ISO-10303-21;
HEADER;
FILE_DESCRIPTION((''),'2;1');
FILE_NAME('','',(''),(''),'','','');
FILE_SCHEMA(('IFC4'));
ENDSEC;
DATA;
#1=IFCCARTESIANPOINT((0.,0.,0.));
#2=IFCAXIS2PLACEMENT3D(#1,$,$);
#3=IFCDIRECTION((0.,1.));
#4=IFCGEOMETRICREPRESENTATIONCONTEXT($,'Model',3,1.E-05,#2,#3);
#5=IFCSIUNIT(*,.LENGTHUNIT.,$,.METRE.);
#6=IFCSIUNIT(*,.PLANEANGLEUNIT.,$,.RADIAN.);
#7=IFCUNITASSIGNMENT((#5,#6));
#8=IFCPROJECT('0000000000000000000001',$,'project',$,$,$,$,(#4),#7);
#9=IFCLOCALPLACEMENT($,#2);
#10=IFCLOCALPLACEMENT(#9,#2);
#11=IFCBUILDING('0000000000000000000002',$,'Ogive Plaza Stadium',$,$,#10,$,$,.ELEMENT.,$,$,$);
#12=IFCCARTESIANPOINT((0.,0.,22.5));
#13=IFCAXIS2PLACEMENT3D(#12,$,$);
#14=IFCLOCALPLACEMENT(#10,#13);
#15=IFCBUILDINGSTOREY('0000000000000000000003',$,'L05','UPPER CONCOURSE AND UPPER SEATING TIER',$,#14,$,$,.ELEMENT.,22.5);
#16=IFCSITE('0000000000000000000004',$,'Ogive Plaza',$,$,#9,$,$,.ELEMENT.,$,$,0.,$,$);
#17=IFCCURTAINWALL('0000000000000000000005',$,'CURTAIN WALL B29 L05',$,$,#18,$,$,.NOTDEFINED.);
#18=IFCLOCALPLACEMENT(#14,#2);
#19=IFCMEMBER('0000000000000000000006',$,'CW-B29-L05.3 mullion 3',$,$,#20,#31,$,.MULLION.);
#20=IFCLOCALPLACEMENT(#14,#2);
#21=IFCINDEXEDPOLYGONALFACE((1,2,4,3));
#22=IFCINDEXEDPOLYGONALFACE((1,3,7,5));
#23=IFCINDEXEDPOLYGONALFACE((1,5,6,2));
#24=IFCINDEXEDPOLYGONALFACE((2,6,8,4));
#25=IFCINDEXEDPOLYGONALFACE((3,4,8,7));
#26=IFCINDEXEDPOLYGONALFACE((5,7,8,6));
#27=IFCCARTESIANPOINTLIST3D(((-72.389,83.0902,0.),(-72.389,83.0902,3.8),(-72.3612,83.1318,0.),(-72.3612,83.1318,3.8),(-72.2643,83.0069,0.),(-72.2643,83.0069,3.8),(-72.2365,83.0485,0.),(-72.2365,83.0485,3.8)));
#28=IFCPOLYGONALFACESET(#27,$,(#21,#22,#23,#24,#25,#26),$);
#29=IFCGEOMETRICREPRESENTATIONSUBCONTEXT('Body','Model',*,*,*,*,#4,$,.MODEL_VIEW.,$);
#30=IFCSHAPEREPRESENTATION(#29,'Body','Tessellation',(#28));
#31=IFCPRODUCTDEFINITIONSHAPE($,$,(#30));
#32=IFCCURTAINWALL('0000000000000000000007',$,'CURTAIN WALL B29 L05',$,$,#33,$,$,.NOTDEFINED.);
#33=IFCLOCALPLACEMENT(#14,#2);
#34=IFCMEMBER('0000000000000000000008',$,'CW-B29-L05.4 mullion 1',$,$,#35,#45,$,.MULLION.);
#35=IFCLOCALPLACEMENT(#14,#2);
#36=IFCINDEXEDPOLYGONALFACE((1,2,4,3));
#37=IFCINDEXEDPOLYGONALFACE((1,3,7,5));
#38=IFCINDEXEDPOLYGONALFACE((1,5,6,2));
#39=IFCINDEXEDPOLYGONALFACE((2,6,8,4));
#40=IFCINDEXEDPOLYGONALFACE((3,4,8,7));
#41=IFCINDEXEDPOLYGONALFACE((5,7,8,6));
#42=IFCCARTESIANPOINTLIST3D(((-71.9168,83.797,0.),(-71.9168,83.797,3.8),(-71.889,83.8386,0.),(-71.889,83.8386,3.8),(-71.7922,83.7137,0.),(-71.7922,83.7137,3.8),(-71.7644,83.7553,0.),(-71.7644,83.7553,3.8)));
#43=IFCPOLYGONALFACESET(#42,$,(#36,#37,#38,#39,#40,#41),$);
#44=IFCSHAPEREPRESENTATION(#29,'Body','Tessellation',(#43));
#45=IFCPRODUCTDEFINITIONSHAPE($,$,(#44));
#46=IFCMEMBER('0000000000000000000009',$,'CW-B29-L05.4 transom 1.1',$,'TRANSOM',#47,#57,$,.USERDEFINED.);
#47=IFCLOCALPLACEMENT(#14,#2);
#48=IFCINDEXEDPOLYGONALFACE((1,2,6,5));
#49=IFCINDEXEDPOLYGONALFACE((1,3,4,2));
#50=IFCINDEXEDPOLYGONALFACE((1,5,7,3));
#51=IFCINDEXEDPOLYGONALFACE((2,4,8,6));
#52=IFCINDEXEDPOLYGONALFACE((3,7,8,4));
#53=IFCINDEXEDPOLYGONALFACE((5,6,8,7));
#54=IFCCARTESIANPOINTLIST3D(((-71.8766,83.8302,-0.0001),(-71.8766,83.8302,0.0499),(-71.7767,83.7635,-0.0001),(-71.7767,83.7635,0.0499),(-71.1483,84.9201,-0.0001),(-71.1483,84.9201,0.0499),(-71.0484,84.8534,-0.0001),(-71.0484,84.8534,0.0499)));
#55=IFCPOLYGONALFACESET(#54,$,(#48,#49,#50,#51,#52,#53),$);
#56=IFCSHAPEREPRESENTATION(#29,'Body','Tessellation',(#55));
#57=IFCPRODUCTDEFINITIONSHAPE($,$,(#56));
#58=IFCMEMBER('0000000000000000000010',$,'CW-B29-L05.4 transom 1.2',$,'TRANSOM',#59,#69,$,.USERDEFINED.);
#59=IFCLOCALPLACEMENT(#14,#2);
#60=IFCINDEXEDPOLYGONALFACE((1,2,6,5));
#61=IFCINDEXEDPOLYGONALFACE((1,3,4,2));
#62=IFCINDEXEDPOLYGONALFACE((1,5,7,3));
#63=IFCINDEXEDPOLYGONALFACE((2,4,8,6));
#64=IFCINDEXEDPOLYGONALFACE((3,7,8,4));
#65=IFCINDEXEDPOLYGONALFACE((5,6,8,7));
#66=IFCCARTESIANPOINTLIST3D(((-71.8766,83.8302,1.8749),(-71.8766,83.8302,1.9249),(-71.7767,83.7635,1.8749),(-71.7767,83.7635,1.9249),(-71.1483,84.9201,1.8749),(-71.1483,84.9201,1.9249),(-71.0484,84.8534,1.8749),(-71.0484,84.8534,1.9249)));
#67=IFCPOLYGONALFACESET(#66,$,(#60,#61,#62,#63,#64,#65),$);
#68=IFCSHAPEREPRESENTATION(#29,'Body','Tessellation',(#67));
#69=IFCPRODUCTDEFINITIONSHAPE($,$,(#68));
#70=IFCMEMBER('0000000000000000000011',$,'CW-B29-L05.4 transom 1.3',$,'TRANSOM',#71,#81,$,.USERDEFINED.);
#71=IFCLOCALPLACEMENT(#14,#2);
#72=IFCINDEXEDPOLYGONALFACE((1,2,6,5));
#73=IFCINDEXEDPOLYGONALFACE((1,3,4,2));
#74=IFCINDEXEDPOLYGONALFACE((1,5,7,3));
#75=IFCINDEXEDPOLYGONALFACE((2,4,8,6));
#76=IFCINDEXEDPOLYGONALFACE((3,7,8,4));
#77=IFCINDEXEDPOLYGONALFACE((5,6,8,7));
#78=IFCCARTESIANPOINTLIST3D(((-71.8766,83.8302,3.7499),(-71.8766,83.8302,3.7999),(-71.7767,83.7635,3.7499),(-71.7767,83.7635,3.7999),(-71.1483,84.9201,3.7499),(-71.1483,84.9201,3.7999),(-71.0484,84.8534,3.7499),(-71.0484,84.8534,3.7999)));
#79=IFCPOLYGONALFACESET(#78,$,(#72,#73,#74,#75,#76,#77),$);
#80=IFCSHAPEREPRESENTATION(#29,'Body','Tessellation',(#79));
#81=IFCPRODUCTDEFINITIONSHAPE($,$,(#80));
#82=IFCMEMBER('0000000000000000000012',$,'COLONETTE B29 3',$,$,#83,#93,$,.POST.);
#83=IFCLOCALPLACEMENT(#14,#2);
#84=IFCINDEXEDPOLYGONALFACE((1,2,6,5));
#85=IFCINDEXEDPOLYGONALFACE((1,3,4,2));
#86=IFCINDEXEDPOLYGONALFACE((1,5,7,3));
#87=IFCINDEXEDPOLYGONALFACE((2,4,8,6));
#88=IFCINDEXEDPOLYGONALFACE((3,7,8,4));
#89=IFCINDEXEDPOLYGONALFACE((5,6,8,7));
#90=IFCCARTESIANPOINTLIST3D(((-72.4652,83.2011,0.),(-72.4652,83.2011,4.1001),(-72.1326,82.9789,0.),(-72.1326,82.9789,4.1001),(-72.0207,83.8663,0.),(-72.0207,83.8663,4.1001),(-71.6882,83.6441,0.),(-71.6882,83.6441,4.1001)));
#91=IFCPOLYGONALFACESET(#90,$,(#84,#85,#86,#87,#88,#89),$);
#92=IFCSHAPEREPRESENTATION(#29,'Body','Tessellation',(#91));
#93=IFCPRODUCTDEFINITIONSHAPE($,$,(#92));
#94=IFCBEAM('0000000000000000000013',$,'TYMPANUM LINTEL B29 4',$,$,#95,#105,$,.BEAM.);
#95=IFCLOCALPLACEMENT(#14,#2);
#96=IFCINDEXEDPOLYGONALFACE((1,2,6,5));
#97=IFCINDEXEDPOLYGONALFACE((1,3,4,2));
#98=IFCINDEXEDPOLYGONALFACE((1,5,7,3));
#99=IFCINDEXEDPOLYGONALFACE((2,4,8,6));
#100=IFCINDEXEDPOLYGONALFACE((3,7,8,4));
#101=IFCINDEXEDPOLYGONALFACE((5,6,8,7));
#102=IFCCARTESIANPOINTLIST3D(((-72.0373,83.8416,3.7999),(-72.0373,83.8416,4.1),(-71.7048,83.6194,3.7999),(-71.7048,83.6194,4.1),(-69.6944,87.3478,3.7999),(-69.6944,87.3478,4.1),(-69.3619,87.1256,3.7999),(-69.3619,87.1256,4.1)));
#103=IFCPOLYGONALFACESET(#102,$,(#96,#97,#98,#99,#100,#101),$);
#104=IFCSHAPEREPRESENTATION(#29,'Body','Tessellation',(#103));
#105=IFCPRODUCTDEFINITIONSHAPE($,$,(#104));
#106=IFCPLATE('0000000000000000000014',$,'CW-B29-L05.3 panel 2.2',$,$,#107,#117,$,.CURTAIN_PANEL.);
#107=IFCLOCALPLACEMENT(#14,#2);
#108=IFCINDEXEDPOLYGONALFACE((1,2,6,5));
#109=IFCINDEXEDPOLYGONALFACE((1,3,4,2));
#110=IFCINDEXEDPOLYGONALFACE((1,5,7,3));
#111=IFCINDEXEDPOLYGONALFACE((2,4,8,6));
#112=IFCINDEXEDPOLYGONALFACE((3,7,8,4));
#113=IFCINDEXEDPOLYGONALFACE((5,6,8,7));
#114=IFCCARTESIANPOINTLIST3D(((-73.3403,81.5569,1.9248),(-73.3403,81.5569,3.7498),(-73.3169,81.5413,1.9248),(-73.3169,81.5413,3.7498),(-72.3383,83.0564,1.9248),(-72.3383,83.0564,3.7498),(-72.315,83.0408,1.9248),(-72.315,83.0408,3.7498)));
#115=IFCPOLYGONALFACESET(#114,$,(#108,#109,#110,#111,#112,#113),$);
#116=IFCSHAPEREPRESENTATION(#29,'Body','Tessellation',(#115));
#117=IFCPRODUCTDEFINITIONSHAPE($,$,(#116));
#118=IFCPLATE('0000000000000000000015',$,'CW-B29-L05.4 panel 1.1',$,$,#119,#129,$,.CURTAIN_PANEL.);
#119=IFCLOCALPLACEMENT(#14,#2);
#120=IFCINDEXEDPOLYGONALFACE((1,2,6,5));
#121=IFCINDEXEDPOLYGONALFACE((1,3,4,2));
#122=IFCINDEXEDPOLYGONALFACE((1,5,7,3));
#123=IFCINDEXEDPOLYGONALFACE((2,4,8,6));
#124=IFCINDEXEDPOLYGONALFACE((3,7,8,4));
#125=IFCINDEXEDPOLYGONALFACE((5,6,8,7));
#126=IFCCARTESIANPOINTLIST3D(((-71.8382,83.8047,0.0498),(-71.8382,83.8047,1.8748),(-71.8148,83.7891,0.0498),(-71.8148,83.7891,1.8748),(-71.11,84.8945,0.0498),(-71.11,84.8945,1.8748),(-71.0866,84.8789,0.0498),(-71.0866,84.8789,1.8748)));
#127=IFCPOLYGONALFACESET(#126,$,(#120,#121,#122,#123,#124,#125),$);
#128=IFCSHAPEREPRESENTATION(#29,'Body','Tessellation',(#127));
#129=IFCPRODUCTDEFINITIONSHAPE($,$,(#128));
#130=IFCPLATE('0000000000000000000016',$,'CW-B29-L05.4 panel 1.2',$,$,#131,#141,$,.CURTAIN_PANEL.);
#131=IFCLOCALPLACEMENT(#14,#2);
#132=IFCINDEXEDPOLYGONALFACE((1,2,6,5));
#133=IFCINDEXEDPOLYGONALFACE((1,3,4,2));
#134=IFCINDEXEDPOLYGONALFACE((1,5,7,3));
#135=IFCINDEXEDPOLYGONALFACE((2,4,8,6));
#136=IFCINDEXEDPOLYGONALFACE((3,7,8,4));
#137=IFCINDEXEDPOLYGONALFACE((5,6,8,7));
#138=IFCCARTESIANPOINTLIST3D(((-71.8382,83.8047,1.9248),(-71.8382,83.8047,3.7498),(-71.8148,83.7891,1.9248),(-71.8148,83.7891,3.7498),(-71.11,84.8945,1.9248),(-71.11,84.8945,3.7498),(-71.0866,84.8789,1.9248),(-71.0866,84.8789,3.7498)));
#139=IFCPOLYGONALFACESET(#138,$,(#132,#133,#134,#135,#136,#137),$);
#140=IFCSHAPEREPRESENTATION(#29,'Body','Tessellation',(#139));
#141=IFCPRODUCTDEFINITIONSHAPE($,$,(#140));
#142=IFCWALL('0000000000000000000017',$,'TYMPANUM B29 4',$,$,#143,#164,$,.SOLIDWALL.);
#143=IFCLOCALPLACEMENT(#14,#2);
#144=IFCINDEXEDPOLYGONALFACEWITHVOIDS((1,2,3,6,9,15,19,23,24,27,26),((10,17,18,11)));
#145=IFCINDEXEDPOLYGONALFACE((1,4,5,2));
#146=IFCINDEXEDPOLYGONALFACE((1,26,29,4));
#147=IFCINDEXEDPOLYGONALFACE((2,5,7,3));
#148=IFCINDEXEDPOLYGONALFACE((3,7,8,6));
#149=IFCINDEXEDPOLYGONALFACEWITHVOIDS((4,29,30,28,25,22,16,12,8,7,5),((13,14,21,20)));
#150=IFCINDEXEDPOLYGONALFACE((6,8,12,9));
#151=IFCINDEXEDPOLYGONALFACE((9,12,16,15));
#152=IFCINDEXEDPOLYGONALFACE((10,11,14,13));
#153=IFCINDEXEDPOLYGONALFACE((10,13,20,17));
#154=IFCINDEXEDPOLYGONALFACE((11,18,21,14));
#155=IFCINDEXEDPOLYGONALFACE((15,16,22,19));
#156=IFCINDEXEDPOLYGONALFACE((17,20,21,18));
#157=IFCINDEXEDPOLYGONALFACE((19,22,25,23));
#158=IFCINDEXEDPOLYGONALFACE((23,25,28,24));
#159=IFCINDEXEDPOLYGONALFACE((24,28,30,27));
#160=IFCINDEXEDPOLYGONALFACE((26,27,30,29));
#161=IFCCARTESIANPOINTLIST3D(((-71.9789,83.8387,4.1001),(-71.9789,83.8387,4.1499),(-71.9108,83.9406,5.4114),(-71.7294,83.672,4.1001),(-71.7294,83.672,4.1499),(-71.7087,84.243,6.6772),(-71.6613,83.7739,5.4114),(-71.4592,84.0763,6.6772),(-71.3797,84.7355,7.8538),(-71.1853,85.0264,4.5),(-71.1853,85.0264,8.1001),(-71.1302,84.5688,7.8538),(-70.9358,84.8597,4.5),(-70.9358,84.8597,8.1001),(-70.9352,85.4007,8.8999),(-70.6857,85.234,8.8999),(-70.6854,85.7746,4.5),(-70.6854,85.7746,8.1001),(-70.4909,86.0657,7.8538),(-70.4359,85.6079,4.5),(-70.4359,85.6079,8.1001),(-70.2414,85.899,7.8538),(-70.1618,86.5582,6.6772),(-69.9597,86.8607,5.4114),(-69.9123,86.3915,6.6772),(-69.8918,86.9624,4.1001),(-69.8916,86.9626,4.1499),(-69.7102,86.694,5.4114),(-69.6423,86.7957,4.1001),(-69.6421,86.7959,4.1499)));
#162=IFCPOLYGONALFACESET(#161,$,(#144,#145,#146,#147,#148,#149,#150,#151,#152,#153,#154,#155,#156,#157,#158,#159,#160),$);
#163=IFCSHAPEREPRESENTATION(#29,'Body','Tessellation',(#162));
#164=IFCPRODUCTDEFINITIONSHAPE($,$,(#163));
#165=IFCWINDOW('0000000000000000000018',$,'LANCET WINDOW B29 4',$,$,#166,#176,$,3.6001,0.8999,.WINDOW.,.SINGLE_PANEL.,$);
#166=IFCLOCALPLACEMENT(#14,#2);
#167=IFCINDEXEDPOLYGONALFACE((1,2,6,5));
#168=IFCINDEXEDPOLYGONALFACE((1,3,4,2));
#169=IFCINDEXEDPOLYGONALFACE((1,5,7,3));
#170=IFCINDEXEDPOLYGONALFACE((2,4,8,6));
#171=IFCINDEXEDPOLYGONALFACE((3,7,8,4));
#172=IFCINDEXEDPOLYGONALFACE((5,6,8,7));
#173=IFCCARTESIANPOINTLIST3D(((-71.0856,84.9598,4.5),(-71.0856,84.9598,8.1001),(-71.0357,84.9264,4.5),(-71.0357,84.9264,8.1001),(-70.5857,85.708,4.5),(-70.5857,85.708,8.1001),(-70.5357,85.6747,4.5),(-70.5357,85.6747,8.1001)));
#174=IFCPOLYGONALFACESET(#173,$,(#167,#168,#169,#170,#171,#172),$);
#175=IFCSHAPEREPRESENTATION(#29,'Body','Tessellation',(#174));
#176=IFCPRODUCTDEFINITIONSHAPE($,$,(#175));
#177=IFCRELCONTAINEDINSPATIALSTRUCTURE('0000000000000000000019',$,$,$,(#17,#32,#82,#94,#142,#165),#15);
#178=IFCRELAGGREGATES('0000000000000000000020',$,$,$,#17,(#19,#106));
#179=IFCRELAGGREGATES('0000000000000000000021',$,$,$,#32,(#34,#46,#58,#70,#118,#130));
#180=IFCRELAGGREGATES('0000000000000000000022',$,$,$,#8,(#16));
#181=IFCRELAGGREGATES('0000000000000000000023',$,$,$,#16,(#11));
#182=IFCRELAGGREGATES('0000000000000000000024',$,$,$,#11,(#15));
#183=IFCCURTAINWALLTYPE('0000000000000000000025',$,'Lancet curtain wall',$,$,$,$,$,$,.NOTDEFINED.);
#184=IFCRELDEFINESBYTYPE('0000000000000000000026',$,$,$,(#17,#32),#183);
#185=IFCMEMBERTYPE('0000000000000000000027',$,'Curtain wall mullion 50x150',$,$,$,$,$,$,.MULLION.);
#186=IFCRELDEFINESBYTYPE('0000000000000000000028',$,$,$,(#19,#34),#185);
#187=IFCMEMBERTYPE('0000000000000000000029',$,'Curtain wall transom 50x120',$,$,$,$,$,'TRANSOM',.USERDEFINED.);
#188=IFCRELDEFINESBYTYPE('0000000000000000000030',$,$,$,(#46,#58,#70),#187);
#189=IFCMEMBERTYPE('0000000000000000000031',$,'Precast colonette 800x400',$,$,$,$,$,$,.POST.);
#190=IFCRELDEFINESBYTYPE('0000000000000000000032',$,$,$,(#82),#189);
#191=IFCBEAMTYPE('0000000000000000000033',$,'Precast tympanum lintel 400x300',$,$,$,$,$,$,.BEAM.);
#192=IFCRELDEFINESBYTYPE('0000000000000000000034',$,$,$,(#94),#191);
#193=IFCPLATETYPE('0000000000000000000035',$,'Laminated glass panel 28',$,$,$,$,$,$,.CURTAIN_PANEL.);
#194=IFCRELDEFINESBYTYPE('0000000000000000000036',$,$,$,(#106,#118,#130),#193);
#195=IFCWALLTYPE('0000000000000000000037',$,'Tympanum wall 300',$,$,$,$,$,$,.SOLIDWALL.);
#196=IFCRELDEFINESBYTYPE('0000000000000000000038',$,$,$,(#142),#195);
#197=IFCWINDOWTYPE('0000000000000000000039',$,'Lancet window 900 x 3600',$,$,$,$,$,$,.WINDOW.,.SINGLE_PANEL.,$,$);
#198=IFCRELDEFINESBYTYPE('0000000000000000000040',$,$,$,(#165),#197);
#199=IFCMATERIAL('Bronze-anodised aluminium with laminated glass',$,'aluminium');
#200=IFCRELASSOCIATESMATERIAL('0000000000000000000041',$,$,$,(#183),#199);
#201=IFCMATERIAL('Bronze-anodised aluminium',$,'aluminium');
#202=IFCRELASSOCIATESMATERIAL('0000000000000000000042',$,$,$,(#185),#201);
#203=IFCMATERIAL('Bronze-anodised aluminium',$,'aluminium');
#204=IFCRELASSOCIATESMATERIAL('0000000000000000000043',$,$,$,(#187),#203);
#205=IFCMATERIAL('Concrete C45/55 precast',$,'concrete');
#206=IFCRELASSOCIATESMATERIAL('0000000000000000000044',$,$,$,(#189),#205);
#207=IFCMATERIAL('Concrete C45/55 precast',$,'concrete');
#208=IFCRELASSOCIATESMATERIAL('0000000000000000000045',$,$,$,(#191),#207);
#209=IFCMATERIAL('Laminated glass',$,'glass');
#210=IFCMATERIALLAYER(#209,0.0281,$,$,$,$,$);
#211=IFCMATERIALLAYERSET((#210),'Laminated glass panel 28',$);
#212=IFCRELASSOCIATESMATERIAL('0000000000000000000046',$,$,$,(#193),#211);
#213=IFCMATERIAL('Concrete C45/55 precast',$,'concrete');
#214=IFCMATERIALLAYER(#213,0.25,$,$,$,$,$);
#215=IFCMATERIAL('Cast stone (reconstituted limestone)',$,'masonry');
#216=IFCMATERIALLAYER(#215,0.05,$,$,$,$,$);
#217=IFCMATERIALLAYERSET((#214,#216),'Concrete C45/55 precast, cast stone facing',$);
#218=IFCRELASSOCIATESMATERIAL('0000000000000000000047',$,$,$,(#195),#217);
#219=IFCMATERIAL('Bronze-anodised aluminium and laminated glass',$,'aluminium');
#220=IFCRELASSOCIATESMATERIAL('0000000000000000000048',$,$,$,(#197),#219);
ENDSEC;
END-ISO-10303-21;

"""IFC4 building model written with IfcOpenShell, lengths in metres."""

from ifc_helpers import new_model, si_unit, direction, frame, frame_2d, origin, origin_2d, place, context, subcontext, project, spatial, polyline, rectangle, outline, extrude, material, layer, layer_set, material_profile, profile_set, type_object, element, fill, aggregate, save


model = new_model("IFC4")

# Units and contexts
model_context = context("Model", 3, precision=1e-05, world=origin(), true_north=direction((0.0, 1.0)))
body_context = subcontext(model_context, "Body", "Model", "MODEL_VIEW")
ifc_project = project(units=[si_unit("LENGTHUNIT", "METRE"), si_unit("PLANEANGLEUNIT", "RADIAN")], contexts=[model_context])

# Site, building, storey
site_placement = place(None, origin())
site = spatial("IfcSite", under=ifc_project, at=site_placement, Name="Ogive Plaza", CompositionType="ELEMENT", RefElevation=0.0)
building_placement = place(site_placement, origin())
building = spatial("IfcBuilding", under=site, at=building_placement, Name="Ogive Plaza Stadium", CompositionType="ELEMENT")
storey_placement = place(building_placement, frame((0.0, 0.0, 22.5)))
storey = spatial("IfcBuildingStorey", under=building, at=storey_placement, Name="L05", Description="UPPER CONCOURSE AND UPPER SEATING TIER", CompositionType="ELEMENT", Elevation=22.5)

# Curtain wall, member
ifc_material_1 = material(Name="Bronze-anodised aluminium with laminated glass", Category="aluminium")
curtain_wall_type = type_object("IfcCurtainWallType", Name="Lancet curtain wall", PredefinedType="NOTDEFINED", material=ifc_material_1)
curtain_wall_1_placement = place(storey_placement, origin())
curtain_wall_1 = element("IfcCurtainWall", 1, at=curtain_wall_1_placement, inside=storey, type_object=curtain_wall_type, Name="CURTAIN WALL B29 L05", PredefinedType="NOTDEFINED")
ifc_material_2 = material(Name="Bronze-anodised aluminium", Category="aluminium")
ifc_material_profile_1 = material_profile(ifc_material_2, rectangle(XDim=0.1499, YDim=0.05, at=origin_2d()), Name="AL 150x50")
ifc_profile_set_1 = profile_set([ifc_material_profile_1], Name="Bronze-anodised aluminium")
member_type_1 = type_object("IfcMemberType", Name="Curtain wall mullion 50x150", PredefinedType="MULLION", material=ifc_profile_set_1)
member_1_placement = place(storey_placement, frame((-72.3127, 83.0693, 0.0), z_axis=(0.0, 0.0, 1.0), x_axis=(-0.83147, 0.55557, 0.0)))
member_1 = element("IfcMember", 2, at=member_1_placement, type_object=member_type_1, Name="CW-B29-L05.3 mullion 3", PredefinedType="MULLION", context=body_context, shape_type="SweptSolid", body=[
    extrude(rectangle(XDim=0.1499, YDim=0.05, at=origin_2d()), origin(), (0.0, 0.0, 1.0), 3.8),
])

# Curtain wall, members
curtain_wall_2_placement = place(storey_placement, origin())
curtain_wall_2 = element("IfcCurtainWall", 3, at=curtain_wall_2_placement, inside=storey, type_object=curtain_wall_type, Name="CURTAIN WALL B29 L05", PredefinedType="NOTDEFINED")
member_2_placement = place(storey_placement, frame((-71.8406, 83.7761, 0.0), z_axis=(0.0, 0.0, 1.0), x_axis=(-0.83147, 0.55557, 0.0)))
member_2 = element("IfcMember", 4, at=member_2_placement, type_object=member_type_1, Name="CW-B29-L05.4 mullion 1", PredefinedType="MULLION", context=body_context, shape_type="SweptSolid", body=[
    extrude(rectangle(XDim=0.1499, YDim=0.05, at=origin_2d()), origin(), (0.0, 0.0, 1.0), 3.8),
])
ifc_material_3 = material(Name="Bronze-anodised aluminium", Category="aluminium")
ifc_material_profile_2 = material_profile(ifc_material_3, rectangle(XDim=0.1201, YDim=0.05, at=origin_2d()), Name="AL 120x50")
ifc_profile_set_2 = profile_set([ifc_material_profile_2], Name="Bronze-anodised aluminium")
member_type_2 = type_object("IfcMemberType", Name="Curtain wall transom 50x120", ElementType="TRANSOM", PredefinedType="USERDEFINED", material=ifc_profile_set_2)
member_3_placement = place(storey_placement, frame((-71.8267, 83.7969, 0.0249), z_axis=(0.555602, 0.831448, 0.0), x_axis=(-0.831448, 0.555602, 0.0)))
member_3 = element("IfcMember", 5, at=member_3_placement, type_object=member_type_2, Name="CW-B29-L05.4 transom 1.1", ObjectType="TRANSOM", PredefinedType="USERDEFINED", context=body_context, shape_type="SweptSolid", body=[
    extrude(rectangle(XDim=0.1201, YDim=0.05, at=origin_2d()), origin(), (0.0, 0.0, 1.0), 1.3108),
])
member_4_placement = place(storey_placement, frame((-71.8267, 83.7969, 1.8999), z_axis=(0.555602, 0.831448, 0.0), x_axis=(-0.831448, 0.555602, 0.0)))
member_4 = element("IfcMember", 6, at=member_4_placement, type_object=member_type_2, Name="CW-B29-L05.4 transom 1.2", ObjectType="TRANSOM", PredefinedType="USERDEFINED", context=body_context, shape_type="SweptSolid", body=[
    extrude(rectangle(XDim=0.1201, YDim=0.05, at=origin_2d()), origin(), (0.0, 0.0, 1.0), 1.3108),
])
member_5_placement = place(storey_placement, frame((-71.8267, 83.7969, 3.7749), z_axis=(0.555602, 0.831448, 0.0), x_axis=(-0.831448, 0.555602, 0.0)))
member_5 = element("IfcMember", 7, at=member_5_placement, type_object=member_type_2, Name="CW-B29-L05.4 transom 1.3", ObjectType="TRANSOM", PredefinedType="USERDEFINED", context=body_context, shape_type="SweptSolid", body=[
    extrude(rectangle(XDim=0.1201, YDim=0.05, at=origin_2d()), origin(), (0.0, 0.0, 1.0), 1.3108),
])

# Member
ifc_material_4 = material(Name="Concrete C45/55 precast", Category="concrete")
ifc_material_profile_3 = material_profile(ifc_material_4, rectangle(XDim=0.3999, YDim=0.8, at=origin_2d()), Name="RC 400x800")
ifc_profile_set_3 = profile_set([ifc_material_profile_3], Name="Concrete C45/55 precast")
member_type_3 = type_object("IfcMemberType", Name="Precast colonette 800x400", PredefinedType="POST", material=ifc_profile_set_3)
member_6_placement = place(storey_placement, frame((-72.0767, 83.4226, 0.0), z_axis=(0.0, 0.0, 1.0), x_axis=(-0.83147, 0.55557, 0.0)))
element("IfcMember", 8, at=member_6_placement, inside=storey, type_object=member_type_3, Name="COLONETTE B29 3", PredefinedType="POST", context=body_context, shape_type="SweptSolid", body=[
    extrude(rectangle(XDim=0.3999, YDim=0.8, at=origin_2d()), origin(), (0.0, 0.0, 1.0), 4.1001),
])

# Beam
ifc_material_5 = material(Name="Concrete C45/55 precast", Category="concrete")
ifc_material_profile_4 = material_profile(ifc_material_5, rectangle(XDim=0.3999, YDim=0.3, at=origin_2d()), Name="RC 400x300")
ifc_profile_set_4 = profile_set([ifc_material_profile_4], Name="Concrete C45/55 precast")
beam_type = type_object("IfcBeamType", Name="Precast tympanum lintel 400x300", PredefinedType="BEAM", material=ifc_profile_set_4)
beam_placement = place(storey_placement, frame((-71.8711, 83.7305, 3.95), z_axis=(0.555595, 0.831453, 0.0), x_axis=(-0.831453, 0.555595, 0.0)))
element("IfcBeam", 9, at=beam_placement, inside=storey, type_object=beam_type, Name="TYMPANUM LINTEL B29 4", PredefinedType="BEAM", context=body_context, shape_type="SweptSolid", body=[
    extrude(rectangle(XDim=0.3999, YDim=0.3, at=origin_2d()), origin(), (0.0, 0.0, 1.0), 4.217),
])

# Plates
ifc_material_6 = material(Name="Laminated glass", Category="glass")
ifc_layer_1 = layer(ifc_material_6, 0.0281)
ifc_layer_set_1 = layer_set([ifc_layer_1], Name="Laminated glass panel 28")
plate_type = type_object("IfcPlateType", Name="Laminated glass panel 28", PredefinedType="CURTAIN_PANEL", material=ifc_layer_set_1)
plate_1_placement = place(storey_placement, frame((-72.8276, 82.2988, 1.9248), z_axis=(0.0, 0.0, 1.0), x_axis=(0.55557, 0.83147, 0.0)))
plate_1 = element("IfcPlate", 10, at=plate_1_placement, type_object=plate_type, Name="CW-B29-L05.3 panel 2.2", PredefinedType="CURTAIN_PANEL", context=body_context, shape_type="SweptSolid", body=[
    extrude(rectangle(XDim=1.8035, YDim=0.0281, at=origin_2d()), origin(), (0.0, 0.0, 1.0), 1.825),
])
aggregate(curtain_wall_1, [member_1, plate_1])
plate_2_placement = place(storey_placement, frame((-71.4624, 84.3418, 0.0498), z_axis=(0.0, 0.0, 1.0), x_axis=(0.55557, 0.83147, 0.0)))
plate_2 = element("IfcPlate", 11, at=plate_2_placement, type_object=plate_type, Name="CW-B29-L05.4 panel 1.1", PredefinedType="CURTAIN_PANEL", context=body_context, shape_type="SweptSolid", body=[
    extrude(rectangle(XDim=1.3108, YDim=0.0281, at=origin_2d()), origin(), (0.0, 0.0, 1.0), 1.825),
])
plate_3_placement = place(storey_placement, frame((-71.4624, 84.3418, 1.9248), z_axis=(0.0, 0.0, 1.0), x_axis=(0.55557, 0.83147, 0.0)))
plate_3 = element("IfcPlate", 12, at=plate_3_placement, type_object=plate_type, Name="CW-B29-L05.4 panel 1.2", PredefinedType="CURTAIN_PANEL", context=body_context, shape_type="SweptSolid", body=[
    extrude(rectangle(XDim=1.3108, YDim=0.0281, at=origin_2d()), origin(), (0.0, 0.0, 1.0), 1.825),
])
aggregate(curtain_wall_2, [member_2, member_3, member_4, member_5, plate_2, plate_3])

# Wall, opening, window
ifc_material_7 = material(Name="Concrete C45/55 precast", Category="concrete")
ifc_layer_2 = layer(ifc_material_7, 0.25)
ifc_material_8 = material(Name="Cast stone (reconstituted limestone)", Category="masonry")
ifc_layer_3 = layer(ifc_material_8, 0.05)
ifc_layer_set_2 = layer_set([ifc_layer_2, ifc_layer_3], Name="Concrete C45/55 precast, cast stone facing")
wall_type = type_object("IfcWallType", Name="Tympanum wall 300", PredefinedType="SOLIDWALL", material=ifc_layer_set_2)
wall_placement = place(storey_placement, frame((-71.8542, 83.7554, 4.1001), z_axis=(0.0, 0.0, 1.0), x_axis=(0.555555, 0.83148, 0.0)))
wall = element("IfcWall", 13, at=wall_placement, inside=storey, type_object=wall_type, Name="TYMPANUM B29 4", PredefinedType="SOLIDWALL", context=body_context, shape_type="SweptSolid", body=[
    extrude(outline(polyline([(0.0, 0.0), (3.7568, 0.0), (3.7571, 0.0498), (3.6345, 1.3113), (3.2708, 2.5771), (2.6785, 3.7537), (1.8787, 4.7998), (1.0786, 3.7537), (0.4863, 2.5771), (0.1226, 1.3113), (0.0, 0.0498), (0.0, 0.0)])), frame((0.0, 0.1499, 0.0), z_axis=(0.0, -1.0, 0.0), x_axis=(1.0, 0.0, 0.0)), (0.0, 0.0, 1.0), 0.3),
])
opening_placement = place(wall_placement, frame((1.4285, 0.0, 0.3999)))
opening = element("IfcOpeningElement", 14, at=opening_placement, cuts=wall, PredefinedType="OPENING", context=body_context, shape_type="SweptSolid", body=[
    extrude(rectangle(XDim=0.8999, YDim=3.6001, at=frame_2d((0.45, 1.8))), frame((0.0, 0.1602, 0.0), z_axis=(0.0, -1.0, 0.0), x_axis=(1.0, 0.0, 0.0)), (0.0, 0.0, 1.0), 0.3201),
])
ifc_material_9 = material(Name="Bronze-anodised aluminium and laminated glass", Category="aluminium")
window_type = type_object("IfcWindowType", Name="Lancet window 900 x 3600", PartitioningType="SINGLE_PANEL", PredefinedType="WINDOW", material=ifc_material_9)
window_placement = place(opening_placement, origin())
window = element("IfcWindow", 15, at=window_placement, inside=storey, type_object=window_type, Name="LANCET WINDOW B29 4", OverallHeight=3.6001, OverallWidth=0.8999, PartitioningType="SINGLE_PANEL", PredefinedType="WINDOW", context=body_context, shape_type="SweptSolid", body=[
    extrude(rectangle(XDim=0.8999, YDim=3.6001, at=frame_2d((0.45, 1.8))), frame((0.0, 0.03, 0.0), z_axis=(0.0, -1.0, 0.0), x_axis=(1.0, 0.0, 0.0)), (0.0, 0.0, 1.0), 0.0601),
])
fill(opening, window)

save(model, "model.ifc")
